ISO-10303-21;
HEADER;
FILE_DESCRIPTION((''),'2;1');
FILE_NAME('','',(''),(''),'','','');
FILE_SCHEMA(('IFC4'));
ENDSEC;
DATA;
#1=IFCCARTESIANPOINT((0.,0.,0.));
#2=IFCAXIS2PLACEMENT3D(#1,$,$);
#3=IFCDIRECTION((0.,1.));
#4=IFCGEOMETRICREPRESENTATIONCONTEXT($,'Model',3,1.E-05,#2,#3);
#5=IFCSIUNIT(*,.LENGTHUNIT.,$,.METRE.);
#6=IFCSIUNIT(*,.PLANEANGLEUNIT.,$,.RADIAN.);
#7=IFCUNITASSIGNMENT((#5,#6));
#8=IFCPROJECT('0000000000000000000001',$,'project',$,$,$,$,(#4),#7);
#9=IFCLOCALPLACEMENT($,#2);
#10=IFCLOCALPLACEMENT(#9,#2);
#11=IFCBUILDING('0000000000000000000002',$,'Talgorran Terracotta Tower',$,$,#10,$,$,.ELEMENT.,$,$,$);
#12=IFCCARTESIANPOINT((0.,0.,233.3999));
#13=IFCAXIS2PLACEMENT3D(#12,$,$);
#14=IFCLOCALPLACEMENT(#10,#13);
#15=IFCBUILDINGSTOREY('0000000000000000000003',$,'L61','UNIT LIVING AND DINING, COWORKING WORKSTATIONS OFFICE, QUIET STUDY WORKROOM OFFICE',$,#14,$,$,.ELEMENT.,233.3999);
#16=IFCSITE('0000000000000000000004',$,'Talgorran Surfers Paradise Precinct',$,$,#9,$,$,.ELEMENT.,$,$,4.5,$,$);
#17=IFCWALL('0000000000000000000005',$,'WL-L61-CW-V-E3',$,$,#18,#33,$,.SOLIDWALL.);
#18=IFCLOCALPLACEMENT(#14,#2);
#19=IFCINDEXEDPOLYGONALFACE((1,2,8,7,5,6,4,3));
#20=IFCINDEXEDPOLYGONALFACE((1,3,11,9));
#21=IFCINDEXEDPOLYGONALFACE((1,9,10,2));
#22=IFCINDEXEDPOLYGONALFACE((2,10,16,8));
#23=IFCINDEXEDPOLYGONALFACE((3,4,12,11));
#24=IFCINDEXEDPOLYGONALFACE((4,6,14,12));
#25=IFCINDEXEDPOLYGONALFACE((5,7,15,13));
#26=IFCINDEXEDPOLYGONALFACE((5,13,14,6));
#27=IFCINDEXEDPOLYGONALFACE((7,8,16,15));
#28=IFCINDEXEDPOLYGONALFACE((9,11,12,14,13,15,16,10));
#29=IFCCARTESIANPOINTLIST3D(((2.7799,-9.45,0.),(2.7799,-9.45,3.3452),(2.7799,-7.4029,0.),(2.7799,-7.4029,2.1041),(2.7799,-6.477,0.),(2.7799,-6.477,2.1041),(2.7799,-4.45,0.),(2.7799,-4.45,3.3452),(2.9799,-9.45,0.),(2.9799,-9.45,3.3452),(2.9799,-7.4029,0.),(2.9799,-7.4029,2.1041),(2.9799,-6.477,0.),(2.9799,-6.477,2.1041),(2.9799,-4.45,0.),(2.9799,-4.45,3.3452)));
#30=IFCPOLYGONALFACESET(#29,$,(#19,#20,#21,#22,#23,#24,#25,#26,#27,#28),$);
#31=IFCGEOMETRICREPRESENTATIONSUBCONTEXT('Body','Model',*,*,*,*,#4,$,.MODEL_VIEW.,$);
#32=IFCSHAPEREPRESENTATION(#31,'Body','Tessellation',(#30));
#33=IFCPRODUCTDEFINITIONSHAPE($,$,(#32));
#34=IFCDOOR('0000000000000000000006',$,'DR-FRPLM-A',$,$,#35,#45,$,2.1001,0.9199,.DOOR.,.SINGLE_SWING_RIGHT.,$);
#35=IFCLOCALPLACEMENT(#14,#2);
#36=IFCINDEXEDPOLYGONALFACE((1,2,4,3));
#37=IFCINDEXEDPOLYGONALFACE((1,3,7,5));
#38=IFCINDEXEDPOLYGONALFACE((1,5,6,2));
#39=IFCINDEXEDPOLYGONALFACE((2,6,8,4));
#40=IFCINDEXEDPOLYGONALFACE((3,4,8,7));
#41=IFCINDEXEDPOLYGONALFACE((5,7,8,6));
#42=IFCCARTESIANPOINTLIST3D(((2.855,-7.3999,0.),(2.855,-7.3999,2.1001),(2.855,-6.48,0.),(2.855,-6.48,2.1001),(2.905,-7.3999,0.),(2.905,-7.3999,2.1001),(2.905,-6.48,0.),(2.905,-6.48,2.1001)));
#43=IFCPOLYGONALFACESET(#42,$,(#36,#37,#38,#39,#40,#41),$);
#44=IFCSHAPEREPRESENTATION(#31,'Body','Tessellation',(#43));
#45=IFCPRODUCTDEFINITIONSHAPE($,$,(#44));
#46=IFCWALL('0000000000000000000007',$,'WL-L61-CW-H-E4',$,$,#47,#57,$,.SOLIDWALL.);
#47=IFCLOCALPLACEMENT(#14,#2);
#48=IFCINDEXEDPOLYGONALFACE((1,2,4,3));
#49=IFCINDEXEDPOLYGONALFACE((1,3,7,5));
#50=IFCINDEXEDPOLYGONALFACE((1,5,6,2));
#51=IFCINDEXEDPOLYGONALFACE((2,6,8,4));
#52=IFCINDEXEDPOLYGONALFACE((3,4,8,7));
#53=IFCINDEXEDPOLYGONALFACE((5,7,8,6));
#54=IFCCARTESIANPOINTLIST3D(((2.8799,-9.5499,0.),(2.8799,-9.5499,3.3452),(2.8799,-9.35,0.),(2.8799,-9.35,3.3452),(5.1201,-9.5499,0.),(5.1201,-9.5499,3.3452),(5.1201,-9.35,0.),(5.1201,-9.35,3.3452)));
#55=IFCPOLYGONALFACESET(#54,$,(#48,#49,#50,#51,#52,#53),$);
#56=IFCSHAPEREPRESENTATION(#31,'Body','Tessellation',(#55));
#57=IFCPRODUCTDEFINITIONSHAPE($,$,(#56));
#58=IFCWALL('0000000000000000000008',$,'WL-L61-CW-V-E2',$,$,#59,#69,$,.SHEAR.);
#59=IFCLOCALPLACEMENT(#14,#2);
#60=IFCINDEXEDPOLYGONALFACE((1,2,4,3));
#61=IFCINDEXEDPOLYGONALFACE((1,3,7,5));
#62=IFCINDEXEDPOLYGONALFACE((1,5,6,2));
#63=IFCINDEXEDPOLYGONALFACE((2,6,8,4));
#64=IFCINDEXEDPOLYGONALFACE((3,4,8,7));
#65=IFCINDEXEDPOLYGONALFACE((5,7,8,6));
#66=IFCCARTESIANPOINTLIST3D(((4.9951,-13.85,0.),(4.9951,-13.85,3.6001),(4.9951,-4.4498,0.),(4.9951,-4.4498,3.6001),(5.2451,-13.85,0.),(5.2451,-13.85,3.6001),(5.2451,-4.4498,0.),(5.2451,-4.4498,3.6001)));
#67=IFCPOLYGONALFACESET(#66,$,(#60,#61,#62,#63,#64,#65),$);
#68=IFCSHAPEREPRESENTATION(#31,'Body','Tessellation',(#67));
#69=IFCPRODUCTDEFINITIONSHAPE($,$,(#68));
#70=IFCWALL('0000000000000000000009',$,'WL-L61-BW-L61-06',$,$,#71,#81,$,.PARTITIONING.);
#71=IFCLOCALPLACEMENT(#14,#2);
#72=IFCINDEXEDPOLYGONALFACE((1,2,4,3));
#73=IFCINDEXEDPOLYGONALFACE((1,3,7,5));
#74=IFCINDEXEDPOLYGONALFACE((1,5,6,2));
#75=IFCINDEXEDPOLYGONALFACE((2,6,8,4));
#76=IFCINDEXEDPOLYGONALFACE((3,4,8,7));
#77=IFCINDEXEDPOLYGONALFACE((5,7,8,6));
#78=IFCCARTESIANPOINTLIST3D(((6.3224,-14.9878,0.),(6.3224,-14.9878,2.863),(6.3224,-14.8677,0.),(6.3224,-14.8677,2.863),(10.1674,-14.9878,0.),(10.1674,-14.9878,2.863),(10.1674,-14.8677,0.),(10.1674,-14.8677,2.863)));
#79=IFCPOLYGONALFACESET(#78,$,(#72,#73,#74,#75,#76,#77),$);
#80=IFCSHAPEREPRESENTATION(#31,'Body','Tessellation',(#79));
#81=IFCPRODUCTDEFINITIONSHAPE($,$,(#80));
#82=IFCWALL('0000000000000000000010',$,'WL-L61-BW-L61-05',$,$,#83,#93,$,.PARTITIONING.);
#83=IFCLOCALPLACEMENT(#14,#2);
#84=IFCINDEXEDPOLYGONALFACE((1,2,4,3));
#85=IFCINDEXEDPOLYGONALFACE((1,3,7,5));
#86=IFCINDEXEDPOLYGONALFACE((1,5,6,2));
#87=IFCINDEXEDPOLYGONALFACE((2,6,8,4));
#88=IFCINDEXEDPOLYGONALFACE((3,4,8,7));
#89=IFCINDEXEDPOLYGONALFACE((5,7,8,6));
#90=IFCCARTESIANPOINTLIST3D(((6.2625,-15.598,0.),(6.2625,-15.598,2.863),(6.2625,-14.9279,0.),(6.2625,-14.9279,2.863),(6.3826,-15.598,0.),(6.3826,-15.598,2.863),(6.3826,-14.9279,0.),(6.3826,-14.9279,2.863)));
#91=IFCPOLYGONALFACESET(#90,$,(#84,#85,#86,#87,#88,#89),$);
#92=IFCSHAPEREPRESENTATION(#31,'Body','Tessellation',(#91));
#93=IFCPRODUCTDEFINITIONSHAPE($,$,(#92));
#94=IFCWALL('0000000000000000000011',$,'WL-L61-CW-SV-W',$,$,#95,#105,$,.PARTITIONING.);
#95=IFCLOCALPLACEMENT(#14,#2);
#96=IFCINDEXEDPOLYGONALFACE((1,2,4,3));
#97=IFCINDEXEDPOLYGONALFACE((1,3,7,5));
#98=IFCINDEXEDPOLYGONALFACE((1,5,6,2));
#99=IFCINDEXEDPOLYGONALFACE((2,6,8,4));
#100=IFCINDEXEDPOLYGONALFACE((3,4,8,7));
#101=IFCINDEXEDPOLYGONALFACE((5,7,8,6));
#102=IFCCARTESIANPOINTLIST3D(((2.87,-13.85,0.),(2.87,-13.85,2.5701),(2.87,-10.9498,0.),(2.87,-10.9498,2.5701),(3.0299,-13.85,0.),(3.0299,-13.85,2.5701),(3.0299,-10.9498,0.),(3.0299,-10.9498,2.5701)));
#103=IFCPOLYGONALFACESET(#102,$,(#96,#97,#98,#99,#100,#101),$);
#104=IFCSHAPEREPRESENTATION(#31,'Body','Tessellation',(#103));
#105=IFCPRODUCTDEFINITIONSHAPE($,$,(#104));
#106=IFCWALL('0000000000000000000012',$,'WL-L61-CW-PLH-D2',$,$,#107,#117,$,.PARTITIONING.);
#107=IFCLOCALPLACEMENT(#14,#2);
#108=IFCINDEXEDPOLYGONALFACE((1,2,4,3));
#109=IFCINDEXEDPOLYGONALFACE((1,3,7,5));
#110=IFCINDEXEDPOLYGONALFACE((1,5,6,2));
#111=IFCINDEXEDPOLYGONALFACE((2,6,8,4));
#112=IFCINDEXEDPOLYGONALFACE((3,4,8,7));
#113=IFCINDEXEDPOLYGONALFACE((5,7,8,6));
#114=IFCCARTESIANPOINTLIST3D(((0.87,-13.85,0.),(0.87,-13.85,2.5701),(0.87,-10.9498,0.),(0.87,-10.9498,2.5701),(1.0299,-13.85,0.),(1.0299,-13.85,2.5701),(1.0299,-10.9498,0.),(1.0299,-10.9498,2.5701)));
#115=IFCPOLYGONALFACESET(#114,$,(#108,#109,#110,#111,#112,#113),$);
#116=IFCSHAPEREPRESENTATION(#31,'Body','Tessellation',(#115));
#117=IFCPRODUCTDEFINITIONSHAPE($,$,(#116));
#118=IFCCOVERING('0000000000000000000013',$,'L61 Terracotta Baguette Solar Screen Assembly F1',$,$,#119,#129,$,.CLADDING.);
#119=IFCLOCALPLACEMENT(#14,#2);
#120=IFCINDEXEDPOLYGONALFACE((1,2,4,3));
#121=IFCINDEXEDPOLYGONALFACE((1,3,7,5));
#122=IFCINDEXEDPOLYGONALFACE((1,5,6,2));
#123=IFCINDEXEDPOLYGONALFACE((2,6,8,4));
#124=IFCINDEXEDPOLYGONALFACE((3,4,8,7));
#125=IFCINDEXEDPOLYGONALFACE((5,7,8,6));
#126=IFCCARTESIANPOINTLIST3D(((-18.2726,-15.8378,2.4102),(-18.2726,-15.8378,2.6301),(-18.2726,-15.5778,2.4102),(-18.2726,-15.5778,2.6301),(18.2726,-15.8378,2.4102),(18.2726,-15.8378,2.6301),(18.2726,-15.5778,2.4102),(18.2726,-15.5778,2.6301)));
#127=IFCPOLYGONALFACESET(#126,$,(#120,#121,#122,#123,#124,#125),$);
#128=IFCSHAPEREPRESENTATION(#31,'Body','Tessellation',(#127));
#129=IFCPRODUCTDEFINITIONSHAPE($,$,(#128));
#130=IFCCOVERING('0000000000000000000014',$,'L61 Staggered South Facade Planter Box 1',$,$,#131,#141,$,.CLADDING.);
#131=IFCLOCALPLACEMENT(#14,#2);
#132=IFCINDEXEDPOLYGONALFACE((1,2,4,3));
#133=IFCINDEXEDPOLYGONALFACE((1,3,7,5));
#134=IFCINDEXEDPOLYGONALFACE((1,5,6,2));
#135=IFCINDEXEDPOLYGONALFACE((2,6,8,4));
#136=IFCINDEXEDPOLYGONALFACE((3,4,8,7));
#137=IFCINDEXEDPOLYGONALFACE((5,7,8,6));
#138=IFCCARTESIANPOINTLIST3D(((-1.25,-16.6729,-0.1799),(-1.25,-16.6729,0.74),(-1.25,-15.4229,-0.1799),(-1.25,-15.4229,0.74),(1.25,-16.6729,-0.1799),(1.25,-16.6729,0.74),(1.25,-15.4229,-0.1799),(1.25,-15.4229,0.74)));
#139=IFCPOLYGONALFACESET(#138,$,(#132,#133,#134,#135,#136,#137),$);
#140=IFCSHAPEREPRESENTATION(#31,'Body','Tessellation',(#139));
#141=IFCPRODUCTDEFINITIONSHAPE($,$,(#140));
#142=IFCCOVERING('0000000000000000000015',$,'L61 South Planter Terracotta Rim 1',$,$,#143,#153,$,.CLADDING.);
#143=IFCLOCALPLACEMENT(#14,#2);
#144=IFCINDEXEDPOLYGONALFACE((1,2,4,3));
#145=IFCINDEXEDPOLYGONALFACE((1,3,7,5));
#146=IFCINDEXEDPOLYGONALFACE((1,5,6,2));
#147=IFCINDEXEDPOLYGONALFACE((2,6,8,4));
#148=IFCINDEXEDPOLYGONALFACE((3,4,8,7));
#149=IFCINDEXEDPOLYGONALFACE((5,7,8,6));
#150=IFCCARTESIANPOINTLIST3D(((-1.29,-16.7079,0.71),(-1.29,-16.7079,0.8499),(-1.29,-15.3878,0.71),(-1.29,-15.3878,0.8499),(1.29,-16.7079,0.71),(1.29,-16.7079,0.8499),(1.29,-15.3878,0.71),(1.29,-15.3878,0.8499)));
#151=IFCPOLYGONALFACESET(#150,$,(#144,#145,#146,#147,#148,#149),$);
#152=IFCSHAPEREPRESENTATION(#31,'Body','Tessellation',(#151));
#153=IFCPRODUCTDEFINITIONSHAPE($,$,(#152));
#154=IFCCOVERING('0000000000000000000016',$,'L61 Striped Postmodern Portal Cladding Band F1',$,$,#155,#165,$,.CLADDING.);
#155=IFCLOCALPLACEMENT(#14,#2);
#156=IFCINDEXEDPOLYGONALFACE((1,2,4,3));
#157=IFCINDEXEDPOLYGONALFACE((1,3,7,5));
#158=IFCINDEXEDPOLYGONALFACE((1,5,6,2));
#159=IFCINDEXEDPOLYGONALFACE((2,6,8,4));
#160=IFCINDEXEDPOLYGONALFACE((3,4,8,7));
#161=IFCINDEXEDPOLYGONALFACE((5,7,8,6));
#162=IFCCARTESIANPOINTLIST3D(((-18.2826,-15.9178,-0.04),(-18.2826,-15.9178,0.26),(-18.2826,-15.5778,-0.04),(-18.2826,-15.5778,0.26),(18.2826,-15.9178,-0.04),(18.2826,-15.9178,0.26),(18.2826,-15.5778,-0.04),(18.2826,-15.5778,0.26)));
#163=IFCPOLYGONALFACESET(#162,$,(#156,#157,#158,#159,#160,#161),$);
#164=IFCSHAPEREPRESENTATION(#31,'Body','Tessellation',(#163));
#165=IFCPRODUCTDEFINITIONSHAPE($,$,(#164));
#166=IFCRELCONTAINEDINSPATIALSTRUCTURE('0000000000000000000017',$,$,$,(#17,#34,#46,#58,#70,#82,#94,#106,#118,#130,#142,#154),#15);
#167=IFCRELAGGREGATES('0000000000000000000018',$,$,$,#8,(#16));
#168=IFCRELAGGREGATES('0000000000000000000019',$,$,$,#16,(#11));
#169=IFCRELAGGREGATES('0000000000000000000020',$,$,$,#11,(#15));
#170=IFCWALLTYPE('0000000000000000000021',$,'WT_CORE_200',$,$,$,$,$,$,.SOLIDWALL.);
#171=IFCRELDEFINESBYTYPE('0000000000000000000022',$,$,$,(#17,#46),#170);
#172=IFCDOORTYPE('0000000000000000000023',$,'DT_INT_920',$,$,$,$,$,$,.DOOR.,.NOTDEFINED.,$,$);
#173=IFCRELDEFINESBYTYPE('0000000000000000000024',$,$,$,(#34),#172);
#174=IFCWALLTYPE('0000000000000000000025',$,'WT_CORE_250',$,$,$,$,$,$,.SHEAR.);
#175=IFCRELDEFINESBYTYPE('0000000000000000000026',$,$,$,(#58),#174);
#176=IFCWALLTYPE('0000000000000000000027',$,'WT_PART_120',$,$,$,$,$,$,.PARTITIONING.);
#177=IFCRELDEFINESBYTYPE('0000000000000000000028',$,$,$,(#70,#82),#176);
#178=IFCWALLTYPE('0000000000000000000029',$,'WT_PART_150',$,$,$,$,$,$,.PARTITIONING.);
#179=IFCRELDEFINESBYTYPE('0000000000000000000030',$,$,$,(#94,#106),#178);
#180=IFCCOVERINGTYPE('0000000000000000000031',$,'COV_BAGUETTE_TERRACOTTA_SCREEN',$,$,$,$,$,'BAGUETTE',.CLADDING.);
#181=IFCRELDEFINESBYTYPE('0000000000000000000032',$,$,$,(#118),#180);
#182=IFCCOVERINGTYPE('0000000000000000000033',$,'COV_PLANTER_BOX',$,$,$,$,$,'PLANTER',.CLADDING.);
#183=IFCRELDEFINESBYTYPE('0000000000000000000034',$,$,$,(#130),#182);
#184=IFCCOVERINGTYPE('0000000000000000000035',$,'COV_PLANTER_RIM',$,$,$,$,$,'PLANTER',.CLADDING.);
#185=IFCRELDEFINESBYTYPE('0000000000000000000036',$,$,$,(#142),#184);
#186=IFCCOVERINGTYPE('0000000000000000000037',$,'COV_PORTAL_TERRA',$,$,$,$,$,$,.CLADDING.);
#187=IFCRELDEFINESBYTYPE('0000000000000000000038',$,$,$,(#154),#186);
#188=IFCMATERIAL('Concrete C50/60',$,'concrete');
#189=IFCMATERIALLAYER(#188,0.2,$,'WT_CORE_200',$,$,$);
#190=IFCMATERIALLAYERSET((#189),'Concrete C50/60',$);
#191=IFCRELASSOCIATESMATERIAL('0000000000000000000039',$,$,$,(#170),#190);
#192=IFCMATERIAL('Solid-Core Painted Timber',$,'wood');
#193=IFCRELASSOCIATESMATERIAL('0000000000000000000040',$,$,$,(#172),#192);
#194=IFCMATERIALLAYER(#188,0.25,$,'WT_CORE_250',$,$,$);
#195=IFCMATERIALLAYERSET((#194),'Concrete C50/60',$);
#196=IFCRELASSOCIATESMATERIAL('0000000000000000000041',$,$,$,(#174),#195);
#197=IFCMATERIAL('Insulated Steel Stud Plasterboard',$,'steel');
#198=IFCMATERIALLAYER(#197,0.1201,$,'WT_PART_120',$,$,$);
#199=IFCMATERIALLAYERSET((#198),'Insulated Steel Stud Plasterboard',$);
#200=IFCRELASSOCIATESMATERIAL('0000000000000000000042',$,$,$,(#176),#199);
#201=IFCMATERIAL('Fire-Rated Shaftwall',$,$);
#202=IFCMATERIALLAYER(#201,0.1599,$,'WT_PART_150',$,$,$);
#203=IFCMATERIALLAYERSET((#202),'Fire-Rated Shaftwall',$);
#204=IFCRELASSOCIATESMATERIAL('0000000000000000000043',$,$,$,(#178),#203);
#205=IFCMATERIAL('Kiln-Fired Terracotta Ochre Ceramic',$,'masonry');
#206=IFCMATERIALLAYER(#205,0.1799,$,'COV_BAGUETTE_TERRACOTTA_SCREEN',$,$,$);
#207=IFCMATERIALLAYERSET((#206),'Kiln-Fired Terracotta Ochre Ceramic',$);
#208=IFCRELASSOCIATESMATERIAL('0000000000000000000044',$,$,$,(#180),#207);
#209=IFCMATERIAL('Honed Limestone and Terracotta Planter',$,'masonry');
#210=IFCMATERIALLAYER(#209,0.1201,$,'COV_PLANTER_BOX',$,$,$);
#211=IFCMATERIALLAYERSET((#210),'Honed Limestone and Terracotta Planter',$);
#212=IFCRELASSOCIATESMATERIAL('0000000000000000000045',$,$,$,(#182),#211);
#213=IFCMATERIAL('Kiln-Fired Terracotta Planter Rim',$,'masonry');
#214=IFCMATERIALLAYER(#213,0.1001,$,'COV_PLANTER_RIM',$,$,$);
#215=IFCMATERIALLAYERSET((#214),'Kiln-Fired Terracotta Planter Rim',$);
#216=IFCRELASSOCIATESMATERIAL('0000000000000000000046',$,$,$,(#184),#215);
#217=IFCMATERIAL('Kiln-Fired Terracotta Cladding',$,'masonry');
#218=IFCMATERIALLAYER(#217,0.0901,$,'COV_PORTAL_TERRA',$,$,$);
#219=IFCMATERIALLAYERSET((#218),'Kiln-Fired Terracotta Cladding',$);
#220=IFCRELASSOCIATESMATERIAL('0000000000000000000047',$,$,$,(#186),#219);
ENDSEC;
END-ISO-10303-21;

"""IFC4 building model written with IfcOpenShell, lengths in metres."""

from ifc_helpers import new_model, si_unit, direction, frame, frame_2d, origin, origin_2d, place, context, subcontext, project, spatial, rectangle, extrude, material, layer, layer_set, type_object, element, fill, save


model = new_model("IFC4")

# Units and contexts
model_context = context("Model", 3, precision=1e-05, world=origin(), true_north=direction((0.0, 1.0)))
body_context = subcontext(model_context, "Body", "Model", "MODEL_VIEW")
ifc_project = project(units=[si_unit("LENGTHUNIT", "METRE"), si_unit("PLANEANGLEUNIT", "RADIAN")], contexts=[model_context])

# Site, building, storey
site_placement = place(None, origin())
site = spatial("IfcSite", under=ifc_project, at=site_placement, Name="Talgorran Surfers Paradise Precinct", CompositionType="ELEMENT", RefElevation=4.5)
building_placement = place(site_placement, origin())
building = spatial("IfcBuilding", under=site, at=building_placement, Name="Talgorran Terracotta Tower", CompositionType="ELEMENT")
storey_placement = place(building_placement, frame((0.0, 0.0, 233.3999)))
storey = spatial("IfcBuildingStorey", under=building, at=storey_placement, Name="L61", Description="UNIT LIVING AND DINING, COWORKING WORKSTATIONS OFFICE, QUIET STUDY WORKROOM OFFICE", CompositionType="ELEMENT", Elevation=233.3999)

# Shared definitions
ifc_material_1 = material(Name="Concrete C50/60", Category="concrete")

# Shared definitions
ifc_layer_1 = layer(ifc_material_1, 0.2, Name="WT_CORE_200")
ifc_layer_set_1 = layer_set([ifc_layer_1], Name="Concrete C50/60")
wall_type_1 = type_object("IfcWallType", Name="WT_CORE_200", PredefinedType="SOLIDWALL", material=ifc_layer_set_1)

# Wall, opening, door
wall_1_placement = place(storey_placement, frame((2.8799, -9.45, 0.0), z_axis=(0.0, 0.0, 1.0), x_axis=(0.0, 1.0, 0.0)))
wall_1 = element("IfcWall", 1, at=wall_1_placement, inside=storey, type_object=wall_type_1, Name="WL-L61-CW-V-E3", PredefinedType="SOLIDWALL", context=body_context, shape_type="SweptSolid", body=[
    extrude(rectangle(XDim=5.0, YDim=0.2, at=frame_2d((2.5, 0.0))), origin(), (0.0, 0.0, 1.0), 3.3452),
])
opening_1_placement = place(wall_1_placement, frame((2.05, 0.0, 0.0)))
opening_1 = element("IfcOpeningElement", 2, at=opening_1_placement, cuts=wall_1, PredefinedType="OPENING", context=body_context, shape_type="SweptSolid", body=[
    extrude(rectangle(XDim=0.9259, YDim=2.1041, at=frame_2d((0.46, 1.052))), frame((0.0, 0.1099, 0.0), z_axis=(0.0, -1.0, 0.0), x_axis=(1.0, 0.0, 0.0)), (0.0, 0.0, 1.0), 0.22),
])
ifc_material_2 = material(Name="Solid-Core Painted Timber", Category="wood")
door_type_1 = type_object("IfcDoorType", Name="DT_INT_920", OperationType="NOTDEFINED", PredefinedType="DOOR", material=ifc_material_2)
door_1_placement = place(opening_1_placement, origin())
door_1 = element("IfcDoor", 3, at=door_1_placement, inside=storey, type_object=door_type_1, Name="DR-FRPLM-A", OperationType="SINGLE_SWING_RIGHT", OverallHeight=2.1001, OverallWidth=0.9199, PredefinedType="DOOR", context=body_context, shape_type="SweptSolid", body=[
    extrude(rectangle(XDim=0.9199, YDim=2.1001, at=frame_2d((0.46, 1.05))), frame((0.0, 0.0249, 0.0), z_axis=(0.0, -1.0, 0.0), x_axis=(1.0, 0.0, 0.0)), (0.0, 0.0, 1.0), 0.05),
])
fill(opening_1, door_1)

# Walls
wall_2_placement = place(storey_placement, frame((2.8799, -9.45, 0.0), z_axis=(0.0, 0.0, 1.0), x_axis=(1.0, 0.0, 0.0)))
element("IfcWall", 4, at=wall_2_placement, inside=storey, type_object=wall_type_1, Name="WL-L61-CW-H-E4", PredefinedType="SOLIDWALL", context=body_context, shape_type="SweptSolid", body=[
    extrude(rectangle(XDim=2.2402, YDim=0.2, at=frame_2d((1.1201, 0.0))), origin(), (0.0, 0.0, 1.0), 3.3452),
])
ifc_layer_2 = layer(ifc_material_1, 0.25, Name="WT_CORE_250")
ifc_layer_set_2 = layer_set([ifc_layer_2], Name="Concrete C50/60")
wall_type_2 = type_object("IfcWallType", Name="WT_CORE_250", PredefinedType="SHEAR", material=ifc_layer_set_2)
wall_3_placement = place(storey_placement, frame((5.1201, -13.8501, 0.0), z_axis=(0.0, 0.0, 1.0), x_axis=(0.0, 1.0, 0.0)))
element("IfcWall", 5, at=wall_3_placement, inside=storey, type_object=wall_type_2, Name="WL-L61-CW-V-E2", PredefinedType="SHEAR", context=body_context, shape_type="SweptSolid", body=[
    extrude(rectangle(XDim=9.4001, YDim=0.25, at=frame_2d((4.7002, 0.0))), origin(), (0.0, 0.0, 1.0), 3.6001),
])
ifc_material_3 = material(Name="Insulated Steel Stud Plasterboard", Category="steel")
ifc_layer_3 = layer(ifc_material_3, 0.1201, Name="WT_PART_120")
ifc_layer_set_3 = layer_set([ifc_layer_3], Name="Insulated Steel Stud Plasterboard")
wall_type_3 = type_object("IfcWallType", Name="WT_PART_120", PredefinedType="PARTITIONING", material=ifc_layer_set_3)
wall_4_placement = place(storey_placement, frame((6.3225, -14.9277, 0.0), z_axis=(0.0, 0.0, 1.0), x_axis=(1.0, 0.0, 0.0)))
element("IfcWall", 6, at=wall_4_placement, inside=storey, type_object=wall_type_3, Name="WL-L61-BW-L61-06", PredefinedType="PARTITIONING", context=body_context, shape_type="SweptSolid", body=[
    extrude(rectangle(XDim=3.845, YDim=0.1201, at=frame_2d((1.9224, 0.0))), origin(), (0.0, 0.0, 1.0), 2.863),
])
wall_5_placement = place(storey_placement, frame((6.3225, -15.5979, 0.0), z_axis=(0.0, 0.0, 1.0), x_axis=(0.0, 1.0, 0.0)))
element("IfcWall", 7, at=wall_5_placement, inside=storey, type_object=wall_type_3, Name="WL-L61-BW-L61-05", PredefinedType="PARTITIONING", context=body_context, shape_type="SweptSolid", body=[
    extrude(rectangle(XDim=0.6702, YDim=0.1201, at=frame_2d((0.335, 0.0))), origin(), (0.0, 0.0, 1.0), 2.863),
])
ifc_material_4 = material(Name="Fire-Rated Shaftwall")
ifc_layer_4 = layer(ifc_material_4, 0.1599, Name="WT_PART_150")
ifc_layer_set_4 = layer_set([ifc_layer_4], Name="Fire-Rated Shaftwall")
wall_type_4 = type_object("IfcWallType", Name="WT_PART_150", PredefinedType="PARTITIONING", material=ifc_layer_set_4)
for number, where, z_axis, x_axis, name in (
    (8, (2.95, -13.8501, 0.0), (0.0, 0.0, 1.0), (0.0, 1.0, 0.0), "WL-L61-CW-SV-W"),
    (9, (0.95, -13.8501, 0.0), (0.0, 0.0, 1.0), (0.0, 1.0, 0.0), "WL-L61-CW-PLH-D2"),
):
    element("IfcWall", number, at=place(storey_placement, frame(where, z_axis=z_axis, x_axis=x_axis)), inside=storey, type_object=wall_type_4, Name=name, PredefinedType="PARTITIONING", context=body_context, shape_type="SweptSolid", body=[
        extrude(rectangle(XDim=2.9001, YDim=0.1599, at=frame_2d((1.4502, 0.0))), origin(), (0.0, 0.0, 1.0), 2.5701),
    ])

# Coverings
ifc_material_5 = material(Name="Kiln-Fired Terracotta Ochre Ceramic", Category="masonry")
ifc_layer_5 = layer(ifc_material_5, 0.1799, Name="COV_BAGUETTE_TERRACOTTA_SCREEN")
ifc_layer_set_5 = layer_set([ifc_layer_5], Name="Kiln-Fired Terracotta Ochre Ceramic")
covering_type_1 = type_object("IfcCoveringType", Name="COV_BAGUETTE_TERRACOTTA_SCREEN", ElementType="BAGUETTE", PredefinedType="CLADDING", material=ifc_layer_set_5)
covering_1_placement = place(storey_placement, frame((0.0, -15.7078, 2.4102), z_axis=(0.0, 0.0, 1.0), x_axis=(1.0, 0.0, 0.0)))
element("IfcCovering", 10, at=covering_1_placement, inside=storey, type_object=covering_type_1, Name="L61 Terracotta Baguette Solar Screen Assembly F1", PredefinedType="CLADDING", context=body_context, shape_type="SweptSolid", body=[
    extrude(rectangle(XDim=36.5452, YDim=0.26, at=origin_2d()), origin(), (0.0, 0.0, 1.0), 0.22),
])
ifc_material_6 = material(Name="Honed Limestone and Terracotta Planter", Category="masonry")
ifc_layer_6 = layer(ifc_material_6, 0.1201, Name="COV_PLANTER_BOX")
ifc_layer_set_6 = layer_set([ifc_layer_6], Name="Honed Limestone and Terracotta Planter")
covering_type_2 = type_object("IfcCoveringType", Name="COV_PLANTER_BOX", ElementType="PLANTER", PredefinedType="CLADDING", material=ifc_layer_set_6)
covering_2_placement = place(storey_placement, frame((0.0, -16.0479, -0.1799), z_axis=(0.0, 0.0, 1.0), x_axis=(1.0, 0.0, 0.0)))
element("IfcCovering", 11, at=covering_2_placement, inside=storey, type_object=covering_type_2, Name="L61 Staggered South Facade Planter Box 1", PredefinedType="CLADDING", context=body_context, shape_type="SweptSolid", body=[
    extrude(rectangle(XDim=2.5, YDim=1.25, at=origin_2d()), origin(), (0.0, 0.0, 1.0), 0.9199),
])
ifc_material_7 = material(Name="Kiln-Fired Terracotta Planter Rim", Category="masonry")
ifc_layer_7 = layer(ifc_material_7, 0.1001, Name="COV_PLANTER_RIM")
ifc_layer_set_7 = layer_set([ifc_layer_7], Name="Kiln-Fired Terracotta Planter Rim")
covering_type_3 = type_object("IfcCoveringType", Name="COV_PLANTER_RIM", ElementType="PLANTER", PredefinedType="CLADDING", material=ifc_layer_set_7)
covering_3_placement = place(storey_placement, frame((0.0, -16.0479, 0.71), z_axis=(0.0, 0.0, 1.0), x_axis=(1.0, 0.0, 0.0)))
element("IfcCovering", 12, at=covering_3_placement, inside=storey, type_object=covering_type_3, Name="L61 South Planter Terracotta Rim 1", PredefinedType="CLADDING", context=body_context, shape_type="SweptSolid", body=[
    extrude(rectangle(XDim=2.5801, YDim=1.3201, at=origin_2d()), origin(), (0.0, 0.0, 1.0), 0.1399),
])
ifc_material_8 = material(Name="Kiln-Fired Terracotta Cladding", Category="masonry")
ifc_layer_8 = layer(ifc_material_8, 0.0901, Name="COV_PORTAL_TERRA")
ifc_layer_set_8 = layer_set([ifc_layer_8], Name="Kiln-Fired Terracotta Cladding")
covering_type_4 = type_object("IfcCoveringType", Name="COV_PORTAL_TERRA", PredefinedType="CLADDING", material=ifc_layer_set_8)
covering_4_placement = place(storey_placement, frame((0.0, -15.7478, -0.04), z_axis=(0.0, 0.0, 1.0), x_axis=(1.0, 0.0, 0.0)))
element("IfcCovering", 13, at=covering_4_placement, inside=storey, type_object=covering_type_4, Name="L61 Striped Postmodern Portal Cladding Band F1", PredefinedType="CLADDING", context=body_context, shape_type="SweptSolid", body=[
    extrude(rectangle(XDim=36.5652, YDim=0.3401, at=origin_2d()), origin(), (0.0, 0.0, 1.0), 0.3),
])

save(model, "model.ifc")
